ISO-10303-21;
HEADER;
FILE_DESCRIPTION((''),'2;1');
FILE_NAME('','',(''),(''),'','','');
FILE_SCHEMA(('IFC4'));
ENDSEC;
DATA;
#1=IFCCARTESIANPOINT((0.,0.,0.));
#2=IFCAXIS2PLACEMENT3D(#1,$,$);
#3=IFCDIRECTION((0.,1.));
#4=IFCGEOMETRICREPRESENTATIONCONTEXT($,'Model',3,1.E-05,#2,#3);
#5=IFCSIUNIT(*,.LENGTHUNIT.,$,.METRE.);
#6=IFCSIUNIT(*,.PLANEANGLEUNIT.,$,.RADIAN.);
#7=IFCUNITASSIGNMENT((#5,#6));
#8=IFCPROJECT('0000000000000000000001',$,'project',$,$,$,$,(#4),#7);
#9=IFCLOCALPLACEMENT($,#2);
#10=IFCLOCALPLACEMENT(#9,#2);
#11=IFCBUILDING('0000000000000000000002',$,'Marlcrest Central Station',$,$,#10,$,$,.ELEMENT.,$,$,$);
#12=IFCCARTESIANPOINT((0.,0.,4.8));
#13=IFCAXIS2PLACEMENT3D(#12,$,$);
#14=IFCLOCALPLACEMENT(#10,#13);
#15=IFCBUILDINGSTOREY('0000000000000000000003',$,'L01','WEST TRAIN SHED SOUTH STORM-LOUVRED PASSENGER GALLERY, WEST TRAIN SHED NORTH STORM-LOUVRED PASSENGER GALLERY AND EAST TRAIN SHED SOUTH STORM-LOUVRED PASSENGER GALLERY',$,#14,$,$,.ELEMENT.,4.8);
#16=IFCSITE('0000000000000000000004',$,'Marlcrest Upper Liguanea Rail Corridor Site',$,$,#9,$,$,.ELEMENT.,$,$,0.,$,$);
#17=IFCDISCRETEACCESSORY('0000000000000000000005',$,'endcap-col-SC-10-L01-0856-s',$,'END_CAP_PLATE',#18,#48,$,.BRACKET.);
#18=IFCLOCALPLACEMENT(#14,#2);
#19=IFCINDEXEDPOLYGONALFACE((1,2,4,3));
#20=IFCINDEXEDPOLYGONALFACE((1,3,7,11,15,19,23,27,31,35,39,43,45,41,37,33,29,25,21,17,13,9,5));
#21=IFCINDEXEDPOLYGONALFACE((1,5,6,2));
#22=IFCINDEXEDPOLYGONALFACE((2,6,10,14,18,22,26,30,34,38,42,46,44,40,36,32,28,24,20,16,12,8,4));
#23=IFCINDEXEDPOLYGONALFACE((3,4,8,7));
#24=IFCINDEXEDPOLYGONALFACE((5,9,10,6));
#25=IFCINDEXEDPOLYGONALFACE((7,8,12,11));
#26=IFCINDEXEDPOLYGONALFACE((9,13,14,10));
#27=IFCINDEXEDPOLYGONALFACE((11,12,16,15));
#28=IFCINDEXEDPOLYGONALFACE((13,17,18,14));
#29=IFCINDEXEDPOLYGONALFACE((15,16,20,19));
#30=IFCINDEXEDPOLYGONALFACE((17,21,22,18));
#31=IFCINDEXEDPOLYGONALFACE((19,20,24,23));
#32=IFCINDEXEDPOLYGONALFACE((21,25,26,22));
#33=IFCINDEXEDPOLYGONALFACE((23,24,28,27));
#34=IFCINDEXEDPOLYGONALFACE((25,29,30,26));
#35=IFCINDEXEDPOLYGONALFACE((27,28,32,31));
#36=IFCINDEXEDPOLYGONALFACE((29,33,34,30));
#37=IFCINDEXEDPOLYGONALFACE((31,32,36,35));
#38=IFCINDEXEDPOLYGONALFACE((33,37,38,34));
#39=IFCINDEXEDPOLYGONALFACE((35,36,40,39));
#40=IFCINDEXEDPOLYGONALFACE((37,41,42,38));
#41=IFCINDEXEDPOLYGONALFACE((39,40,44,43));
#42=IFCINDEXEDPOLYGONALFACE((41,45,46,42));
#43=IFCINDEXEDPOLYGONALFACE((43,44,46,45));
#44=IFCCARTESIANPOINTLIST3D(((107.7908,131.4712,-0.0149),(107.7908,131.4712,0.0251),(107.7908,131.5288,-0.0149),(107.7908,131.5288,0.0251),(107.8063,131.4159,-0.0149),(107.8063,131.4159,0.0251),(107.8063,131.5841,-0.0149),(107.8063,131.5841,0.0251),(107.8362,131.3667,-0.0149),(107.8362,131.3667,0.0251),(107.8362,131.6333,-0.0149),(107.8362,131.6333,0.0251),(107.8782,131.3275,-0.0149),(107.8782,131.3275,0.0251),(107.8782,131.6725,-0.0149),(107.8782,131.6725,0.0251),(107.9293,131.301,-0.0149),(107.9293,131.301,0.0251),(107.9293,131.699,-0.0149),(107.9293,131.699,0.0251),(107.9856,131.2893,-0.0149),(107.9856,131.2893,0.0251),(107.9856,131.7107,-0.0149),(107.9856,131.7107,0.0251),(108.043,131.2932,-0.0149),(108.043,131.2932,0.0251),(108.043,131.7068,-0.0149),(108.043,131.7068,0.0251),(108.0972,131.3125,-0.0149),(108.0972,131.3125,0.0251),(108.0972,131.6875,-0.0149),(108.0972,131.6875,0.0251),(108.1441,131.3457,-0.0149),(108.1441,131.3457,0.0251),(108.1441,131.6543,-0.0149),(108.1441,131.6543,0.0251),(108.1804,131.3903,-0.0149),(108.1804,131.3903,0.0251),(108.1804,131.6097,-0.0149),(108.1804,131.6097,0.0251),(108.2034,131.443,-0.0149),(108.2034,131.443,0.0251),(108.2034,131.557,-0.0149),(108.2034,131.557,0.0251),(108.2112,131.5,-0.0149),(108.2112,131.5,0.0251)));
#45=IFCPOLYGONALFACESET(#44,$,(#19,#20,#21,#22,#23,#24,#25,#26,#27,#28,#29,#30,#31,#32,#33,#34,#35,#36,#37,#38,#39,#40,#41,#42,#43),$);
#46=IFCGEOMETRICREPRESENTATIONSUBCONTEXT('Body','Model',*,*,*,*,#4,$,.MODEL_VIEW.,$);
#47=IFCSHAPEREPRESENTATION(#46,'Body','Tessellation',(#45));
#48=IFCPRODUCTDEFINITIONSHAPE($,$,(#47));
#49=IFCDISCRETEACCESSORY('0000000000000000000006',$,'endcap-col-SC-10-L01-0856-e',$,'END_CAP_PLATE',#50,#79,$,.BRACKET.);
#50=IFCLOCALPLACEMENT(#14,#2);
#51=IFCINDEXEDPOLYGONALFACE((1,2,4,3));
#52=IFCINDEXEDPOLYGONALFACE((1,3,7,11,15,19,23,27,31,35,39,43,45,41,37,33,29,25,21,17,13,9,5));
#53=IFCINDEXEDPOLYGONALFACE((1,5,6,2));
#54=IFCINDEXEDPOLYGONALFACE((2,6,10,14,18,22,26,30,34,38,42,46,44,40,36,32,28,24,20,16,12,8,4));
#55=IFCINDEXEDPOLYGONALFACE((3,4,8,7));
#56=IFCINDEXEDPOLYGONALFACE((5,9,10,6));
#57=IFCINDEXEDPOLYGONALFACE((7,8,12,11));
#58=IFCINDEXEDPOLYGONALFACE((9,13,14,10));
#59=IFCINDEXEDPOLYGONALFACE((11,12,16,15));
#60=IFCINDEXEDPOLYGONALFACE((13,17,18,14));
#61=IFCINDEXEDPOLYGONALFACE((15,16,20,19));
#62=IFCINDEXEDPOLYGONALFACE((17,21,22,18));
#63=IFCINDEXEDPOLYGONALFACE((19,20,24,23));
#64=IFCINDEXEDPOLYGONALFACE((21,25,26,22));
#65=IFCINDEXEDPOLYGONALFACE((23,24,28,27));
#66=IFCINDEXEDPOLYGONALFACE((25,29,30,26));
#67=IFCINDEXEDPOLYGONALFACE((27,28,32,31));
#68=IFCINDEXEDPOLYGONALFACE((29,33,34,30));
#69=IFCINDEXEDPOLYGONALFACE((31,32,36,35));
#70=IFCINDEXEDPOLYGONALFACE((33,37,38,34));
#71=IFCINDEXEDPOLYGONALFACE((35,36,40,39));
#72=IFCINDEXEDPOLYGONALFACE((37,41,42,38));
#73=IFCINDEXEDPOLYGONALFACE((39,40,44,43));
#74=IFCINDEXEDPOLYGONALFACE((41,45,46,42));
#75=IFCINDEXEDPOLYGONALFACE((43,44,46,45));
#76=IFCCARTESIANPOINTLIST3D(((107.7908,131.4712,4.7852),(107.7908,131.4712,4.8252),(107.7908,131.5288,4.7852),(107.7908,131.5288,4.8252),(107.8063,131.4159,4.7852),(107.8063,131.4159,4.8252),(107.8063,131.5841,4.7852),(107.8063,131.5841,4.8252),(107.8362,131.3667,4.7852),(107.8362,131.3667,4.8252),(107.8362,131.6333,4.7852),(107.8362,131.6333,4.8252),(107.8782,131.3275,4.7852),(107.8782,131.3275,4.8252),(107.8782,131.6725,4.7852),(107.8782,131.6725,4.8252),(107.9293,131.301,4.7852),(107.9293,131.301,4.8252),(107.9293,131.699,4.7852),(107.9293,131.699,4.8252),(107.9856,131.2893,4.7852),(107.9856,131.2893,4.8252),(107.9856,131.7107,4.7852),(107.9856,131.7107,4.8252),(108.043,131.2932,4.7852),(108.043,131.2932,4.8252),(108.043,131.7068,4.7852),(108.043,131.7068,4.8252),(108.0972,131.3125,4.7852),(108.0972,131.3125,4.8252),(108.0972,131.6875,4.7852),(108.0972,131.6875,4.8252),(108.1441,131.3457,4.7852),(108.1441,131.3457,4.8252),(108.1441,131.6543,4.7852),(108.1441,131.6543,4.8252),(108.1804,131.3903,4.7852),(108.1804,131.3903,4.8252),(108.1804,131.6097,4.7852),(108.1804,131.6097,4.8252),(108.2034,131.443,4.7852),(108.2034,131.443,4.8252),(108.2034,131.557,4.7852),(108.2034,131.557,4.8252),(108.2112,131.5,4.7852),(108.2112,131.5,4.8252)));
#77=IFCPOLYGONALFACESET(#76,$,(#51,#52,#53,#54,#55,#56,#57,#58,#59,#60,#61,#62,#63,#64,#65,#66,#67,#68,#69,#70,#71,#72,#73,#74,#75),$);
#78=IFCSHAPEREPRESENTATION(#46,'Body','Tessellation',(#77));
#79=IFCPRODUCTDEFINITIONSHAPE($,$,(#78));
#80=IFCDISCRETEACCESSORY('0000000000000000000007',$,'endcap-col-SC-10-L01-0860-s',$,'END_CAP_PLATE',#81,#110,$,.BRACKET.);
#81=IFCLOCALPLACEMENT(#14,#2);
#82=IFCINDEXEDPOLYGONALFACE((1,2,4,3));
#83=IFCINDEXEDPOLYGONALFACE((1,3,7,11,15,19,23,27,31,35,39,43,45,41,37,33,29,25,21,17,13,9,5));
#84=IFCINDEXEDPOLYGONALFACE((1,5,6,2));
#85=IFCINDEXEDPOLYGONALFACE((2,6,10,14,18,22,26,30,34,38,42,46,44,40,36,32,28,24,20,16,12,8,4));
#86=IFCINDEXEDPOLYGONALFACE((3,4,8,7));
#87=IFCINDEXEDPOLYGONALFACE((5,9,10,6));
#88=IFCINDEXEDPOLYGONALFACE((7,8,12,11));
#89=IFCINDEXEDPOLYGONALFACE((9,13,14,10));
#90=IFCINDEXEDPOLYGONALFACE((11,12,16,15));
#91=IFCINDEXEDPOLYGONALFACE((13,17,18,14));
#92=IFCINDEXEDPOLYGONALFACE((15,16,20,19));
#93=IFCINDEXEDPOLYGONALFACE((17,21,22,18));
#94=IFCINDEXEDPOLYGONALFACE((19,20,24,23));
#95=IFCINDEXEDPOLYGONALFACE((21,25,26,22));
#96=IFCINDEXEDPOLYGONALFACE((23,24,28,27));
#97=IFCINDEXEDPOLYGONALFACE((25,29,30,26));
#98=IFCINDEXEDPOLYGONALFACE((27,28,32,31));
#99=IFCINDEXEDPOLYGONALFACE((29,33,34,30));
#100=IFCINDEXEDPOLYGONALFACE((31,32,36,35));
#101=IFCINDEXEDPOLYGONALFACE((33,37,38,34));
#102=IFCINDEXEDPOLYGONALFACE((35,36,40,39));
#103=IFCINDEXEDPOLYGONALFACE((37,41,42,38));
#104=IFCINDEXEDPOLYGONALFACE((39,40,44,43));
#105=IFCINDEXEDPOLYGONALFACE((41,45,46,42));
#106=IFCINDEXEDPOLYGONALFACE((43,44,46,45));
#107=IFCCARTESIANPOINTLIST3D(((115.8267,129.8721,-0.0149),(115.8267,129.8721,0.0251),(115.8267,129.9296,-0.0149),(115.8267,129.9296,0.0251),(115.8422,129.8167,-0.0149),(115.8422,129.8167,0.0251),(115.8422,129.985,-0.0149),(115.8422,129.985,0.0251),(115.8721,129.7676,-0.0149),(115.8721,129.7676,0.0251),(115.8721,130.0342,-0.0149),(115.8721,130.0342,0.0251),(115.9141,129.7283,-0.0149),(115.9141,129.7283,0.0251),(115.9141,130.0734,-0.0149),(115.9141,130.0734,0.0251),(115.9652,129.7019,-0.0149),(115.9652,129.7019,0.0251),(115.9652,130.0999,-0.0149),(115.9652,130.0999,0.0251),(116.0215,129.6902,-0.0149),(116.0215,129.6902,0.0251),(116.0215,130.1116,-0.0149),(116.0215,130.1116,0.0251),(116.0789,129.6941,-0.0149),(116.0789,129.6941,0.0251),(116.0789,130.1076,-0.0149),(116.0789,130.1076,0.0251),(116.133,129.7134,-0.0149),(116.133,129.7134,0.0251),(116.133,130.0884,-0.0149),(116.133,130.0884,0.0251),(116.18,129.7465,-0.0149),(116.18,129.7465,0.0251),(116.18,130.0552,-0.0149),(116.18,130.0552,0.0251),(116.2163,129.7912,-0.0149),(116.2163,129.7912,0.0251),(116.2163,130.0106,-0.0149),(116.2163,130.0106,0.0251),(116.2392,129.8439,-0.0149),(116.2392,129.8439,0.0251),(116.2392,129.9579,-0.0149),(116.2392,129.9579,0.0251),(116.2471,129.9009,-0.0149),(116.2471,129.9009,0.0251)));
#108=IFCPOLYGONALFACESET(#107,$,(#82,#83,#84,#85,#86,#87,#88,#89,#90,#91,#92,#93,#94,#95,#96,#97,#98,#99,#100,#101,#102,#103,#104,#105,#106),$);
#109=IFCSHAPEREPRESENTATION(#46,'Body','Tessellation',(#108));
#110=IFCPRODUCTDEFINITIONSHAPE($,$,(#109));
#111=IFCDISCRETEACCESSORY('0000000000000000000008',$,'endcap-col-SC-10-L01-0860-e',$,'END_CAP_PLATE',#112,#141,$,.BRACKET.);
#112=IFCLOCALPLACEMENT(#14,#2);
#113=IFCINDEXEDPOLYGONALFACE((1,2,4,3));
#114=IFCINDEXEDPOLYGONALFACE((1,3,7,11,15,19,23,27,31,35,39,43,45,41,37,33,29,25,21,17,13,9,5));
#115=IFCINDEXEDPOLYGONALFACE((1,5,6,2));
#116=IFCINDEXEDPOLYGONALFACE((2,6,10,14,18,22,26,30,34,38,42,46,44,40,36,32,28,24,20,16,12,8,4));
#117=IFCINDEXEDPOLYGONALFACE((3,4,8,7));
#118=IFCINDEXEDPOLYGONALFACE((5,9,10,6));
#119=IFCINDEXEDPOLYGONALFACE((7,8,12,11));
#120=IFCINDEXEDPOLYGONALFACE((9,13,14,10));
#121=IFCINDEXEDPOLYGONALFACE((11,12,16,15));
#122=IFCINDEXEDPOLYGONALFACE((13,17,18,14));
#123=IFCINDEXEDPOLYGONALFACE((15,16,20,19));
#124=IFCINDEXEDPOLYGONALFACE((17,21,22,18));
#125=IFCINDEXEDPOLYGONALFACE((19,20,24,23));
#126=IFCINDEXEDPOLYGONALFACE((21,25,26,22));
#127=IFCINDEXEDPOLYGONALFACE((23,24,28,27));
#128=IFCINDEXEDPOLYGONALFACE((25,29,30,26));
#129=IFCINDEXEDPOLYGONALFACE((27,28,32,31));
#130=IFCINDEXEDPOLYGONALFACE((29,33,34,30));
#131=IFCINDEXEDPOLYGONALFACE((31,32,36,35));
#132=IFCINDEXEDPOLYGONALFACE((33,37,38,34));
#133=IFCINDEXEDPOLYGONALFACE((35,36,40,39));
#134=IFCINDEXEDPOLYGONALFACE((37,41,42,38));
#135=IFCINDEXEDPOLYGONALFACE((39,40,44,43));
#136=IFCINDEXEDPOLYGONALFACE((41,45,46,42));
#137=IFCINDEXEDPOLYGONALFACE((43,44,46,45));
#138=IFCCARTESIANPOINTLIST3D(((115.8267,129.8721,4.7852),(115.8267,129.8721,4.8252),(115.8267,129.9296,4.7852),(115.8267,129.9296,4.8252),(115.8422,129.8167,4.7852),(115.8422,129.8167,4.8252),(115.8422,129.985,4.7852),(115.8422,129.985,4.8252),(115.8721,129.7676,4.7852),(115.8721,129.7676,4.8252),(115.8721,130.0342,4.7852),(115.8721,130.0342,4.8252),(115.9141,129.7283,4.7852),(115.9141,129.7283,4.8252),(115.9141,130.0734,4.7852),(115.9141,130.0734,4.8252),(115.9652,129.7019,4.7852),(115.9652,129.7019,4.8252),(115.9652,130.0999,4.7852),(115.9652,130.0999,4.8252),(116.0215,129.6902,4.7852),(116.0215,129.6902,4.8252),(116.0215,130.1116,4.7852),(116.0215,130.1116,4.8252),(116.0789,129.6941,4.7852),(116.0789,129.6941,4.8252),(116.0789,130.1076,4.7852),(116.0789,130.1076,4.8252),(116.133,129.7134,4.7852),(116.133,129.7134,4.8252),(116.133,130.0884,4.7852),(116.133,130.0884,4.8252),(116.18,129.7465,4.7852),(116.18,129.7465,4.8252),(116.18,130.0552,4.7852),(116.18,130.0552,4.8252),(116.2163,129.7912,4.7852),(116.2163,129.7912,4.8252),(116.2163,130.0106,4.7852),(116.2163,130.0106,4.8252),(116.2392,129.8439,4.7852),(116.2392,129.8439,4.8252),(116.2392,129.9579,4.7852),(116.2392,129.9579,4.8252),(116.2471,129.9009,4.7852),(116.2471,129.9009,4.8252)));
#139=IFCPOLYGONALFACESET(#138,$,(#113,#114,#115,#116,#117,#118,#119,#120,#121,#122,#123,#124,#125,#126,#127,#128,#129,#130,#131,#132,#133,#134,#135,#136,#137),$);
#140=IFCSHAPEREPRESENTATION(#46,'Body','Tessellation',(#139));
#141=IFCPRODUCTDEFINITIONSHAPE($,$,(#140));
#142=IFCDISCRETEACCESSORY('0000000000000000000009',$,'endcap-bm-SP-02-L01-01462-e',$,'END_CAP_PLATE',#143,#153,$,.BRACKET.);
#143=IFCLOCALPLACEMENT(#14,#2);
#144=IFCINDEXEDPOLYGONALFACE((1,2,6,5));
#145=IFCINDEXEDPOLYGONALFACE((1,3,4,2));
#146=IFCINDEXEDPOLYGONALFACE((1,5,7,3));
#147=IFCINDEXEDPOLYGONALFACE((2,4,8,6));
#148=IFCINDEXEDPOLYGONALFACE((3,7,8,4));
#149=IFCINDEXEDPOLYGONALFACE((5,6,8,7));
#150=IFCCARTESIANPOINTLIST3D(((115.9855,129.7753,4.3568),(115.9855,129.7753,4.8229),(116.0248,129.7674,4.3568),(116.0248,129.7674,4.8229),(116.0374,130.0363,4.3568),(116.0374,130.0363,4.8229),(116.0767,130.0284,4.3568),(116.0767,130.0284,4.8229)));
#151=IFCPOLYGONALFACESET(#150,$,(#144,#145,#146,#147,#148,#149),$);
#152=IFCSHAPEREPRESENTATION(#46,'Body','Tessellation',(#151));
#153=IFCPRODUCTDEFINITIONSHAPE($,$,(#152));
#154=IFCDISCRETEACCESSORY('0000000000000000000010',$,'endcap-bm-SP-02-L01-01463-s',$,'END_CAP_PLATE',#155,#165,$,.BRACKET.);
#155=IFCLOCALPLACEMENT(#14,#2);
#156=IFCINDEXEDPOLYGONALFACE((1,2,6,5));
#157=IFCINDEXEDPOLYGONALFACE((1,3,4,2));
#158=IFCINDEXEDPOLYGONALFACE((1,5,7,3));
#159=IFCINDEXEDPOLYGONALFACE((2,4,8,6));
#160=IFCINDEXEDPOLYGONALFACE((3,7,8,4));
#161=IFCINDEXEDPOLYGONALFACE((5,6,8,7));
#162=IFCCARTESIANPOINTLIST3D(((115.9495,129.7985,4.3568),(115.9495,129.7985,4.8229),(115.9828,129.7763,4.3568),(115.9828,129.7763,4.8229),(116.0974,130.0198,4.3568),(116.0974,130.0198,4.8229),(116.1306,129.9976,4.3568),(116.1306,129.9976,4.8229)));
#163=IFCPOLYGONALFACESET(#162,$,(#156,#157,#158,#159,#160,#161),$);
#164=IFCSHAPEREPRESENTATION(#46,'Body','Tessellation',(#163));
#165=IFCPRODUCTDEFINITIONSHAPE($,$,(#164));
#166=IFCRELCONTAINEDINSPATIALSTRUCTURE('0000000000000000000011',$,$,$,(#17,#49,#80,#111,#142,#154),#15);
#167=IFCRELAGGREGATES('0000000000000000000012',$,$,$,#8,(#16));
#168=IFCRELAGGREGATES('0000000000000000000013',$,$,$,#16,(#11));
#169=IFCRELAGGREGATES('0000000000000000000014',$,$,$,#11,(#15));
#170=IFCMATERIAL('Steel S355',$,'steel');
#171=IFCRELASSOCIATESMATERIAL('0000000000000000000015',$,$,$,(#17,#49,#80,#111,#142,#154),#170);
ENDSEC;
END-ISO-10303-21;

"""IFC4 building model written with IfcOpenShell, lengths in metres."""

from ifc_helpers import new_model, si_unit, direction, frame, origin, origin_2d, place, context, subcontext, project, spatial, rectangle, circle, extrude, material, element, save


model = new_model("IFC4")

# Units and contexts
model_context = context("Model", 3, precision=1e-05, world=origin(), true_north=direction((0.0, 1.0)))
body_context = subcontext(model_context, "Body", "Model", "MODEL_VIEW")
ifc_project = project(units=[si_unit("LENGTHUNIT", "METRE"), si_unit("PLANEANGLEUNIT", "RADIAN")], contexts=[model_context])

# Site, building, storey
site_placement = place(None, origin())
site = spatial("IfcSite", under=ifc_project, at=site_placement, Name="Marlcrest Upper Liguanea Rail Corridor Site", CompositionType="ELEMENT", RefElevation=0.0)
building_placement = place(site_placement, origin())
building = spatial("IfcBuilding", under=site, at=building_placement, Name="Marlcrest Central Station", CompositionType="ELEMENT")
storey_placement = place(building_placement, frame((0.0, 0.0, 4.8)))
storey = spatial("IfcBuildingStorey", under=building, at=storey_placement, Name="L01", Description="WEST TRAIN SHED SOUTH STORM-LOUVRED PASSENGER GALLERY, WEST TRAIN SHED NORTH STORM-LOUVRED PASSENGER GALLERY AND EAST TRAIN SHED SOUTH STORM-LOUVRED PASSENGER GALLERY", CompositionType="ELEMENT", Elevation=4.8)

# Shared definitions
ifc_material_1 = material(Name="Steel S355", Category="steel")

# Discrete accessories
for number, where, z_axis, x_axis, name in (
    (1, (108.0, 131.5, -0.0149), (0.0, 0.0, 1.0), (1.0, 0.0, 0.0), "endcap-col-SC-10-L01-0856-s"),
    (2, (108.0, 131.5, 4.7852), (0.0, 0.0, 1.0), (1.0, 0.0, 0.0), "endcap-col-SC-10-L01-0856-e"),
    (3, (116.0359, 129.9009, -0.0149), (0.0, 0.0, 1.0), (1.0, 0.0, 0.0), "endcap-col-SC-10-L01-0860-s"),
    (4, (116.0359, 129.9009, 4.7852), (0.0, 0.0, 1.0), (1.0, 0.0, 0.0), "endcap-col-SC-10-L01-0860-e"),
):
    element("IfcDiscreteAccessory", number, at=place(storey_placement, frame(where, z_axis=z_axis, x_axis=x_axis)), inside=storey, material=ifc_material_1, Name=name, ObjectType="END_CAP_PLATE", PredefinedType="BRACKET", context=body_context, shape_type="SweptSolid", body=[
        extrude(circle(Radius=0.2112, at=origin_2d()), origin(), (0.0, 0.0, 1.0), 0.04),
    ])
for number, where, z_axis, x_axis, name in (
    (5, (116.0115, 129.9058, 4.5898), (0.980769, -0.195171, 0.0), (0.195171, 0.980769, 0.0), "endcap-bm-SP-02-L01-01462-e"),
    (6, (116.0234, 129.9092, 4.5898), (0.831509, -0.555511, 0.0), (0.555511, 0.831509, 0.0), "endcap-bm-SP-02-L01-01463-s"),
):
    element("IfcDiscreteAccessory", number, at=place(storey_placement, frame(where, z_axis=z_axis, x_axis=x_axis)), inside=storey, material=ifc_material_1, Name=name, ObjectType="END_CAP_PLATE", PredefinedType="BRACKET", context=body_context, shape_type="SweptSolid", body=[
        extrude(rectangle(XDim=0.2661, YDim=0.4661, at=origin_2d()), origin(), (0.0, 0.0, 1.0), 0.04),
    ])

save(model, "model.ifc")
